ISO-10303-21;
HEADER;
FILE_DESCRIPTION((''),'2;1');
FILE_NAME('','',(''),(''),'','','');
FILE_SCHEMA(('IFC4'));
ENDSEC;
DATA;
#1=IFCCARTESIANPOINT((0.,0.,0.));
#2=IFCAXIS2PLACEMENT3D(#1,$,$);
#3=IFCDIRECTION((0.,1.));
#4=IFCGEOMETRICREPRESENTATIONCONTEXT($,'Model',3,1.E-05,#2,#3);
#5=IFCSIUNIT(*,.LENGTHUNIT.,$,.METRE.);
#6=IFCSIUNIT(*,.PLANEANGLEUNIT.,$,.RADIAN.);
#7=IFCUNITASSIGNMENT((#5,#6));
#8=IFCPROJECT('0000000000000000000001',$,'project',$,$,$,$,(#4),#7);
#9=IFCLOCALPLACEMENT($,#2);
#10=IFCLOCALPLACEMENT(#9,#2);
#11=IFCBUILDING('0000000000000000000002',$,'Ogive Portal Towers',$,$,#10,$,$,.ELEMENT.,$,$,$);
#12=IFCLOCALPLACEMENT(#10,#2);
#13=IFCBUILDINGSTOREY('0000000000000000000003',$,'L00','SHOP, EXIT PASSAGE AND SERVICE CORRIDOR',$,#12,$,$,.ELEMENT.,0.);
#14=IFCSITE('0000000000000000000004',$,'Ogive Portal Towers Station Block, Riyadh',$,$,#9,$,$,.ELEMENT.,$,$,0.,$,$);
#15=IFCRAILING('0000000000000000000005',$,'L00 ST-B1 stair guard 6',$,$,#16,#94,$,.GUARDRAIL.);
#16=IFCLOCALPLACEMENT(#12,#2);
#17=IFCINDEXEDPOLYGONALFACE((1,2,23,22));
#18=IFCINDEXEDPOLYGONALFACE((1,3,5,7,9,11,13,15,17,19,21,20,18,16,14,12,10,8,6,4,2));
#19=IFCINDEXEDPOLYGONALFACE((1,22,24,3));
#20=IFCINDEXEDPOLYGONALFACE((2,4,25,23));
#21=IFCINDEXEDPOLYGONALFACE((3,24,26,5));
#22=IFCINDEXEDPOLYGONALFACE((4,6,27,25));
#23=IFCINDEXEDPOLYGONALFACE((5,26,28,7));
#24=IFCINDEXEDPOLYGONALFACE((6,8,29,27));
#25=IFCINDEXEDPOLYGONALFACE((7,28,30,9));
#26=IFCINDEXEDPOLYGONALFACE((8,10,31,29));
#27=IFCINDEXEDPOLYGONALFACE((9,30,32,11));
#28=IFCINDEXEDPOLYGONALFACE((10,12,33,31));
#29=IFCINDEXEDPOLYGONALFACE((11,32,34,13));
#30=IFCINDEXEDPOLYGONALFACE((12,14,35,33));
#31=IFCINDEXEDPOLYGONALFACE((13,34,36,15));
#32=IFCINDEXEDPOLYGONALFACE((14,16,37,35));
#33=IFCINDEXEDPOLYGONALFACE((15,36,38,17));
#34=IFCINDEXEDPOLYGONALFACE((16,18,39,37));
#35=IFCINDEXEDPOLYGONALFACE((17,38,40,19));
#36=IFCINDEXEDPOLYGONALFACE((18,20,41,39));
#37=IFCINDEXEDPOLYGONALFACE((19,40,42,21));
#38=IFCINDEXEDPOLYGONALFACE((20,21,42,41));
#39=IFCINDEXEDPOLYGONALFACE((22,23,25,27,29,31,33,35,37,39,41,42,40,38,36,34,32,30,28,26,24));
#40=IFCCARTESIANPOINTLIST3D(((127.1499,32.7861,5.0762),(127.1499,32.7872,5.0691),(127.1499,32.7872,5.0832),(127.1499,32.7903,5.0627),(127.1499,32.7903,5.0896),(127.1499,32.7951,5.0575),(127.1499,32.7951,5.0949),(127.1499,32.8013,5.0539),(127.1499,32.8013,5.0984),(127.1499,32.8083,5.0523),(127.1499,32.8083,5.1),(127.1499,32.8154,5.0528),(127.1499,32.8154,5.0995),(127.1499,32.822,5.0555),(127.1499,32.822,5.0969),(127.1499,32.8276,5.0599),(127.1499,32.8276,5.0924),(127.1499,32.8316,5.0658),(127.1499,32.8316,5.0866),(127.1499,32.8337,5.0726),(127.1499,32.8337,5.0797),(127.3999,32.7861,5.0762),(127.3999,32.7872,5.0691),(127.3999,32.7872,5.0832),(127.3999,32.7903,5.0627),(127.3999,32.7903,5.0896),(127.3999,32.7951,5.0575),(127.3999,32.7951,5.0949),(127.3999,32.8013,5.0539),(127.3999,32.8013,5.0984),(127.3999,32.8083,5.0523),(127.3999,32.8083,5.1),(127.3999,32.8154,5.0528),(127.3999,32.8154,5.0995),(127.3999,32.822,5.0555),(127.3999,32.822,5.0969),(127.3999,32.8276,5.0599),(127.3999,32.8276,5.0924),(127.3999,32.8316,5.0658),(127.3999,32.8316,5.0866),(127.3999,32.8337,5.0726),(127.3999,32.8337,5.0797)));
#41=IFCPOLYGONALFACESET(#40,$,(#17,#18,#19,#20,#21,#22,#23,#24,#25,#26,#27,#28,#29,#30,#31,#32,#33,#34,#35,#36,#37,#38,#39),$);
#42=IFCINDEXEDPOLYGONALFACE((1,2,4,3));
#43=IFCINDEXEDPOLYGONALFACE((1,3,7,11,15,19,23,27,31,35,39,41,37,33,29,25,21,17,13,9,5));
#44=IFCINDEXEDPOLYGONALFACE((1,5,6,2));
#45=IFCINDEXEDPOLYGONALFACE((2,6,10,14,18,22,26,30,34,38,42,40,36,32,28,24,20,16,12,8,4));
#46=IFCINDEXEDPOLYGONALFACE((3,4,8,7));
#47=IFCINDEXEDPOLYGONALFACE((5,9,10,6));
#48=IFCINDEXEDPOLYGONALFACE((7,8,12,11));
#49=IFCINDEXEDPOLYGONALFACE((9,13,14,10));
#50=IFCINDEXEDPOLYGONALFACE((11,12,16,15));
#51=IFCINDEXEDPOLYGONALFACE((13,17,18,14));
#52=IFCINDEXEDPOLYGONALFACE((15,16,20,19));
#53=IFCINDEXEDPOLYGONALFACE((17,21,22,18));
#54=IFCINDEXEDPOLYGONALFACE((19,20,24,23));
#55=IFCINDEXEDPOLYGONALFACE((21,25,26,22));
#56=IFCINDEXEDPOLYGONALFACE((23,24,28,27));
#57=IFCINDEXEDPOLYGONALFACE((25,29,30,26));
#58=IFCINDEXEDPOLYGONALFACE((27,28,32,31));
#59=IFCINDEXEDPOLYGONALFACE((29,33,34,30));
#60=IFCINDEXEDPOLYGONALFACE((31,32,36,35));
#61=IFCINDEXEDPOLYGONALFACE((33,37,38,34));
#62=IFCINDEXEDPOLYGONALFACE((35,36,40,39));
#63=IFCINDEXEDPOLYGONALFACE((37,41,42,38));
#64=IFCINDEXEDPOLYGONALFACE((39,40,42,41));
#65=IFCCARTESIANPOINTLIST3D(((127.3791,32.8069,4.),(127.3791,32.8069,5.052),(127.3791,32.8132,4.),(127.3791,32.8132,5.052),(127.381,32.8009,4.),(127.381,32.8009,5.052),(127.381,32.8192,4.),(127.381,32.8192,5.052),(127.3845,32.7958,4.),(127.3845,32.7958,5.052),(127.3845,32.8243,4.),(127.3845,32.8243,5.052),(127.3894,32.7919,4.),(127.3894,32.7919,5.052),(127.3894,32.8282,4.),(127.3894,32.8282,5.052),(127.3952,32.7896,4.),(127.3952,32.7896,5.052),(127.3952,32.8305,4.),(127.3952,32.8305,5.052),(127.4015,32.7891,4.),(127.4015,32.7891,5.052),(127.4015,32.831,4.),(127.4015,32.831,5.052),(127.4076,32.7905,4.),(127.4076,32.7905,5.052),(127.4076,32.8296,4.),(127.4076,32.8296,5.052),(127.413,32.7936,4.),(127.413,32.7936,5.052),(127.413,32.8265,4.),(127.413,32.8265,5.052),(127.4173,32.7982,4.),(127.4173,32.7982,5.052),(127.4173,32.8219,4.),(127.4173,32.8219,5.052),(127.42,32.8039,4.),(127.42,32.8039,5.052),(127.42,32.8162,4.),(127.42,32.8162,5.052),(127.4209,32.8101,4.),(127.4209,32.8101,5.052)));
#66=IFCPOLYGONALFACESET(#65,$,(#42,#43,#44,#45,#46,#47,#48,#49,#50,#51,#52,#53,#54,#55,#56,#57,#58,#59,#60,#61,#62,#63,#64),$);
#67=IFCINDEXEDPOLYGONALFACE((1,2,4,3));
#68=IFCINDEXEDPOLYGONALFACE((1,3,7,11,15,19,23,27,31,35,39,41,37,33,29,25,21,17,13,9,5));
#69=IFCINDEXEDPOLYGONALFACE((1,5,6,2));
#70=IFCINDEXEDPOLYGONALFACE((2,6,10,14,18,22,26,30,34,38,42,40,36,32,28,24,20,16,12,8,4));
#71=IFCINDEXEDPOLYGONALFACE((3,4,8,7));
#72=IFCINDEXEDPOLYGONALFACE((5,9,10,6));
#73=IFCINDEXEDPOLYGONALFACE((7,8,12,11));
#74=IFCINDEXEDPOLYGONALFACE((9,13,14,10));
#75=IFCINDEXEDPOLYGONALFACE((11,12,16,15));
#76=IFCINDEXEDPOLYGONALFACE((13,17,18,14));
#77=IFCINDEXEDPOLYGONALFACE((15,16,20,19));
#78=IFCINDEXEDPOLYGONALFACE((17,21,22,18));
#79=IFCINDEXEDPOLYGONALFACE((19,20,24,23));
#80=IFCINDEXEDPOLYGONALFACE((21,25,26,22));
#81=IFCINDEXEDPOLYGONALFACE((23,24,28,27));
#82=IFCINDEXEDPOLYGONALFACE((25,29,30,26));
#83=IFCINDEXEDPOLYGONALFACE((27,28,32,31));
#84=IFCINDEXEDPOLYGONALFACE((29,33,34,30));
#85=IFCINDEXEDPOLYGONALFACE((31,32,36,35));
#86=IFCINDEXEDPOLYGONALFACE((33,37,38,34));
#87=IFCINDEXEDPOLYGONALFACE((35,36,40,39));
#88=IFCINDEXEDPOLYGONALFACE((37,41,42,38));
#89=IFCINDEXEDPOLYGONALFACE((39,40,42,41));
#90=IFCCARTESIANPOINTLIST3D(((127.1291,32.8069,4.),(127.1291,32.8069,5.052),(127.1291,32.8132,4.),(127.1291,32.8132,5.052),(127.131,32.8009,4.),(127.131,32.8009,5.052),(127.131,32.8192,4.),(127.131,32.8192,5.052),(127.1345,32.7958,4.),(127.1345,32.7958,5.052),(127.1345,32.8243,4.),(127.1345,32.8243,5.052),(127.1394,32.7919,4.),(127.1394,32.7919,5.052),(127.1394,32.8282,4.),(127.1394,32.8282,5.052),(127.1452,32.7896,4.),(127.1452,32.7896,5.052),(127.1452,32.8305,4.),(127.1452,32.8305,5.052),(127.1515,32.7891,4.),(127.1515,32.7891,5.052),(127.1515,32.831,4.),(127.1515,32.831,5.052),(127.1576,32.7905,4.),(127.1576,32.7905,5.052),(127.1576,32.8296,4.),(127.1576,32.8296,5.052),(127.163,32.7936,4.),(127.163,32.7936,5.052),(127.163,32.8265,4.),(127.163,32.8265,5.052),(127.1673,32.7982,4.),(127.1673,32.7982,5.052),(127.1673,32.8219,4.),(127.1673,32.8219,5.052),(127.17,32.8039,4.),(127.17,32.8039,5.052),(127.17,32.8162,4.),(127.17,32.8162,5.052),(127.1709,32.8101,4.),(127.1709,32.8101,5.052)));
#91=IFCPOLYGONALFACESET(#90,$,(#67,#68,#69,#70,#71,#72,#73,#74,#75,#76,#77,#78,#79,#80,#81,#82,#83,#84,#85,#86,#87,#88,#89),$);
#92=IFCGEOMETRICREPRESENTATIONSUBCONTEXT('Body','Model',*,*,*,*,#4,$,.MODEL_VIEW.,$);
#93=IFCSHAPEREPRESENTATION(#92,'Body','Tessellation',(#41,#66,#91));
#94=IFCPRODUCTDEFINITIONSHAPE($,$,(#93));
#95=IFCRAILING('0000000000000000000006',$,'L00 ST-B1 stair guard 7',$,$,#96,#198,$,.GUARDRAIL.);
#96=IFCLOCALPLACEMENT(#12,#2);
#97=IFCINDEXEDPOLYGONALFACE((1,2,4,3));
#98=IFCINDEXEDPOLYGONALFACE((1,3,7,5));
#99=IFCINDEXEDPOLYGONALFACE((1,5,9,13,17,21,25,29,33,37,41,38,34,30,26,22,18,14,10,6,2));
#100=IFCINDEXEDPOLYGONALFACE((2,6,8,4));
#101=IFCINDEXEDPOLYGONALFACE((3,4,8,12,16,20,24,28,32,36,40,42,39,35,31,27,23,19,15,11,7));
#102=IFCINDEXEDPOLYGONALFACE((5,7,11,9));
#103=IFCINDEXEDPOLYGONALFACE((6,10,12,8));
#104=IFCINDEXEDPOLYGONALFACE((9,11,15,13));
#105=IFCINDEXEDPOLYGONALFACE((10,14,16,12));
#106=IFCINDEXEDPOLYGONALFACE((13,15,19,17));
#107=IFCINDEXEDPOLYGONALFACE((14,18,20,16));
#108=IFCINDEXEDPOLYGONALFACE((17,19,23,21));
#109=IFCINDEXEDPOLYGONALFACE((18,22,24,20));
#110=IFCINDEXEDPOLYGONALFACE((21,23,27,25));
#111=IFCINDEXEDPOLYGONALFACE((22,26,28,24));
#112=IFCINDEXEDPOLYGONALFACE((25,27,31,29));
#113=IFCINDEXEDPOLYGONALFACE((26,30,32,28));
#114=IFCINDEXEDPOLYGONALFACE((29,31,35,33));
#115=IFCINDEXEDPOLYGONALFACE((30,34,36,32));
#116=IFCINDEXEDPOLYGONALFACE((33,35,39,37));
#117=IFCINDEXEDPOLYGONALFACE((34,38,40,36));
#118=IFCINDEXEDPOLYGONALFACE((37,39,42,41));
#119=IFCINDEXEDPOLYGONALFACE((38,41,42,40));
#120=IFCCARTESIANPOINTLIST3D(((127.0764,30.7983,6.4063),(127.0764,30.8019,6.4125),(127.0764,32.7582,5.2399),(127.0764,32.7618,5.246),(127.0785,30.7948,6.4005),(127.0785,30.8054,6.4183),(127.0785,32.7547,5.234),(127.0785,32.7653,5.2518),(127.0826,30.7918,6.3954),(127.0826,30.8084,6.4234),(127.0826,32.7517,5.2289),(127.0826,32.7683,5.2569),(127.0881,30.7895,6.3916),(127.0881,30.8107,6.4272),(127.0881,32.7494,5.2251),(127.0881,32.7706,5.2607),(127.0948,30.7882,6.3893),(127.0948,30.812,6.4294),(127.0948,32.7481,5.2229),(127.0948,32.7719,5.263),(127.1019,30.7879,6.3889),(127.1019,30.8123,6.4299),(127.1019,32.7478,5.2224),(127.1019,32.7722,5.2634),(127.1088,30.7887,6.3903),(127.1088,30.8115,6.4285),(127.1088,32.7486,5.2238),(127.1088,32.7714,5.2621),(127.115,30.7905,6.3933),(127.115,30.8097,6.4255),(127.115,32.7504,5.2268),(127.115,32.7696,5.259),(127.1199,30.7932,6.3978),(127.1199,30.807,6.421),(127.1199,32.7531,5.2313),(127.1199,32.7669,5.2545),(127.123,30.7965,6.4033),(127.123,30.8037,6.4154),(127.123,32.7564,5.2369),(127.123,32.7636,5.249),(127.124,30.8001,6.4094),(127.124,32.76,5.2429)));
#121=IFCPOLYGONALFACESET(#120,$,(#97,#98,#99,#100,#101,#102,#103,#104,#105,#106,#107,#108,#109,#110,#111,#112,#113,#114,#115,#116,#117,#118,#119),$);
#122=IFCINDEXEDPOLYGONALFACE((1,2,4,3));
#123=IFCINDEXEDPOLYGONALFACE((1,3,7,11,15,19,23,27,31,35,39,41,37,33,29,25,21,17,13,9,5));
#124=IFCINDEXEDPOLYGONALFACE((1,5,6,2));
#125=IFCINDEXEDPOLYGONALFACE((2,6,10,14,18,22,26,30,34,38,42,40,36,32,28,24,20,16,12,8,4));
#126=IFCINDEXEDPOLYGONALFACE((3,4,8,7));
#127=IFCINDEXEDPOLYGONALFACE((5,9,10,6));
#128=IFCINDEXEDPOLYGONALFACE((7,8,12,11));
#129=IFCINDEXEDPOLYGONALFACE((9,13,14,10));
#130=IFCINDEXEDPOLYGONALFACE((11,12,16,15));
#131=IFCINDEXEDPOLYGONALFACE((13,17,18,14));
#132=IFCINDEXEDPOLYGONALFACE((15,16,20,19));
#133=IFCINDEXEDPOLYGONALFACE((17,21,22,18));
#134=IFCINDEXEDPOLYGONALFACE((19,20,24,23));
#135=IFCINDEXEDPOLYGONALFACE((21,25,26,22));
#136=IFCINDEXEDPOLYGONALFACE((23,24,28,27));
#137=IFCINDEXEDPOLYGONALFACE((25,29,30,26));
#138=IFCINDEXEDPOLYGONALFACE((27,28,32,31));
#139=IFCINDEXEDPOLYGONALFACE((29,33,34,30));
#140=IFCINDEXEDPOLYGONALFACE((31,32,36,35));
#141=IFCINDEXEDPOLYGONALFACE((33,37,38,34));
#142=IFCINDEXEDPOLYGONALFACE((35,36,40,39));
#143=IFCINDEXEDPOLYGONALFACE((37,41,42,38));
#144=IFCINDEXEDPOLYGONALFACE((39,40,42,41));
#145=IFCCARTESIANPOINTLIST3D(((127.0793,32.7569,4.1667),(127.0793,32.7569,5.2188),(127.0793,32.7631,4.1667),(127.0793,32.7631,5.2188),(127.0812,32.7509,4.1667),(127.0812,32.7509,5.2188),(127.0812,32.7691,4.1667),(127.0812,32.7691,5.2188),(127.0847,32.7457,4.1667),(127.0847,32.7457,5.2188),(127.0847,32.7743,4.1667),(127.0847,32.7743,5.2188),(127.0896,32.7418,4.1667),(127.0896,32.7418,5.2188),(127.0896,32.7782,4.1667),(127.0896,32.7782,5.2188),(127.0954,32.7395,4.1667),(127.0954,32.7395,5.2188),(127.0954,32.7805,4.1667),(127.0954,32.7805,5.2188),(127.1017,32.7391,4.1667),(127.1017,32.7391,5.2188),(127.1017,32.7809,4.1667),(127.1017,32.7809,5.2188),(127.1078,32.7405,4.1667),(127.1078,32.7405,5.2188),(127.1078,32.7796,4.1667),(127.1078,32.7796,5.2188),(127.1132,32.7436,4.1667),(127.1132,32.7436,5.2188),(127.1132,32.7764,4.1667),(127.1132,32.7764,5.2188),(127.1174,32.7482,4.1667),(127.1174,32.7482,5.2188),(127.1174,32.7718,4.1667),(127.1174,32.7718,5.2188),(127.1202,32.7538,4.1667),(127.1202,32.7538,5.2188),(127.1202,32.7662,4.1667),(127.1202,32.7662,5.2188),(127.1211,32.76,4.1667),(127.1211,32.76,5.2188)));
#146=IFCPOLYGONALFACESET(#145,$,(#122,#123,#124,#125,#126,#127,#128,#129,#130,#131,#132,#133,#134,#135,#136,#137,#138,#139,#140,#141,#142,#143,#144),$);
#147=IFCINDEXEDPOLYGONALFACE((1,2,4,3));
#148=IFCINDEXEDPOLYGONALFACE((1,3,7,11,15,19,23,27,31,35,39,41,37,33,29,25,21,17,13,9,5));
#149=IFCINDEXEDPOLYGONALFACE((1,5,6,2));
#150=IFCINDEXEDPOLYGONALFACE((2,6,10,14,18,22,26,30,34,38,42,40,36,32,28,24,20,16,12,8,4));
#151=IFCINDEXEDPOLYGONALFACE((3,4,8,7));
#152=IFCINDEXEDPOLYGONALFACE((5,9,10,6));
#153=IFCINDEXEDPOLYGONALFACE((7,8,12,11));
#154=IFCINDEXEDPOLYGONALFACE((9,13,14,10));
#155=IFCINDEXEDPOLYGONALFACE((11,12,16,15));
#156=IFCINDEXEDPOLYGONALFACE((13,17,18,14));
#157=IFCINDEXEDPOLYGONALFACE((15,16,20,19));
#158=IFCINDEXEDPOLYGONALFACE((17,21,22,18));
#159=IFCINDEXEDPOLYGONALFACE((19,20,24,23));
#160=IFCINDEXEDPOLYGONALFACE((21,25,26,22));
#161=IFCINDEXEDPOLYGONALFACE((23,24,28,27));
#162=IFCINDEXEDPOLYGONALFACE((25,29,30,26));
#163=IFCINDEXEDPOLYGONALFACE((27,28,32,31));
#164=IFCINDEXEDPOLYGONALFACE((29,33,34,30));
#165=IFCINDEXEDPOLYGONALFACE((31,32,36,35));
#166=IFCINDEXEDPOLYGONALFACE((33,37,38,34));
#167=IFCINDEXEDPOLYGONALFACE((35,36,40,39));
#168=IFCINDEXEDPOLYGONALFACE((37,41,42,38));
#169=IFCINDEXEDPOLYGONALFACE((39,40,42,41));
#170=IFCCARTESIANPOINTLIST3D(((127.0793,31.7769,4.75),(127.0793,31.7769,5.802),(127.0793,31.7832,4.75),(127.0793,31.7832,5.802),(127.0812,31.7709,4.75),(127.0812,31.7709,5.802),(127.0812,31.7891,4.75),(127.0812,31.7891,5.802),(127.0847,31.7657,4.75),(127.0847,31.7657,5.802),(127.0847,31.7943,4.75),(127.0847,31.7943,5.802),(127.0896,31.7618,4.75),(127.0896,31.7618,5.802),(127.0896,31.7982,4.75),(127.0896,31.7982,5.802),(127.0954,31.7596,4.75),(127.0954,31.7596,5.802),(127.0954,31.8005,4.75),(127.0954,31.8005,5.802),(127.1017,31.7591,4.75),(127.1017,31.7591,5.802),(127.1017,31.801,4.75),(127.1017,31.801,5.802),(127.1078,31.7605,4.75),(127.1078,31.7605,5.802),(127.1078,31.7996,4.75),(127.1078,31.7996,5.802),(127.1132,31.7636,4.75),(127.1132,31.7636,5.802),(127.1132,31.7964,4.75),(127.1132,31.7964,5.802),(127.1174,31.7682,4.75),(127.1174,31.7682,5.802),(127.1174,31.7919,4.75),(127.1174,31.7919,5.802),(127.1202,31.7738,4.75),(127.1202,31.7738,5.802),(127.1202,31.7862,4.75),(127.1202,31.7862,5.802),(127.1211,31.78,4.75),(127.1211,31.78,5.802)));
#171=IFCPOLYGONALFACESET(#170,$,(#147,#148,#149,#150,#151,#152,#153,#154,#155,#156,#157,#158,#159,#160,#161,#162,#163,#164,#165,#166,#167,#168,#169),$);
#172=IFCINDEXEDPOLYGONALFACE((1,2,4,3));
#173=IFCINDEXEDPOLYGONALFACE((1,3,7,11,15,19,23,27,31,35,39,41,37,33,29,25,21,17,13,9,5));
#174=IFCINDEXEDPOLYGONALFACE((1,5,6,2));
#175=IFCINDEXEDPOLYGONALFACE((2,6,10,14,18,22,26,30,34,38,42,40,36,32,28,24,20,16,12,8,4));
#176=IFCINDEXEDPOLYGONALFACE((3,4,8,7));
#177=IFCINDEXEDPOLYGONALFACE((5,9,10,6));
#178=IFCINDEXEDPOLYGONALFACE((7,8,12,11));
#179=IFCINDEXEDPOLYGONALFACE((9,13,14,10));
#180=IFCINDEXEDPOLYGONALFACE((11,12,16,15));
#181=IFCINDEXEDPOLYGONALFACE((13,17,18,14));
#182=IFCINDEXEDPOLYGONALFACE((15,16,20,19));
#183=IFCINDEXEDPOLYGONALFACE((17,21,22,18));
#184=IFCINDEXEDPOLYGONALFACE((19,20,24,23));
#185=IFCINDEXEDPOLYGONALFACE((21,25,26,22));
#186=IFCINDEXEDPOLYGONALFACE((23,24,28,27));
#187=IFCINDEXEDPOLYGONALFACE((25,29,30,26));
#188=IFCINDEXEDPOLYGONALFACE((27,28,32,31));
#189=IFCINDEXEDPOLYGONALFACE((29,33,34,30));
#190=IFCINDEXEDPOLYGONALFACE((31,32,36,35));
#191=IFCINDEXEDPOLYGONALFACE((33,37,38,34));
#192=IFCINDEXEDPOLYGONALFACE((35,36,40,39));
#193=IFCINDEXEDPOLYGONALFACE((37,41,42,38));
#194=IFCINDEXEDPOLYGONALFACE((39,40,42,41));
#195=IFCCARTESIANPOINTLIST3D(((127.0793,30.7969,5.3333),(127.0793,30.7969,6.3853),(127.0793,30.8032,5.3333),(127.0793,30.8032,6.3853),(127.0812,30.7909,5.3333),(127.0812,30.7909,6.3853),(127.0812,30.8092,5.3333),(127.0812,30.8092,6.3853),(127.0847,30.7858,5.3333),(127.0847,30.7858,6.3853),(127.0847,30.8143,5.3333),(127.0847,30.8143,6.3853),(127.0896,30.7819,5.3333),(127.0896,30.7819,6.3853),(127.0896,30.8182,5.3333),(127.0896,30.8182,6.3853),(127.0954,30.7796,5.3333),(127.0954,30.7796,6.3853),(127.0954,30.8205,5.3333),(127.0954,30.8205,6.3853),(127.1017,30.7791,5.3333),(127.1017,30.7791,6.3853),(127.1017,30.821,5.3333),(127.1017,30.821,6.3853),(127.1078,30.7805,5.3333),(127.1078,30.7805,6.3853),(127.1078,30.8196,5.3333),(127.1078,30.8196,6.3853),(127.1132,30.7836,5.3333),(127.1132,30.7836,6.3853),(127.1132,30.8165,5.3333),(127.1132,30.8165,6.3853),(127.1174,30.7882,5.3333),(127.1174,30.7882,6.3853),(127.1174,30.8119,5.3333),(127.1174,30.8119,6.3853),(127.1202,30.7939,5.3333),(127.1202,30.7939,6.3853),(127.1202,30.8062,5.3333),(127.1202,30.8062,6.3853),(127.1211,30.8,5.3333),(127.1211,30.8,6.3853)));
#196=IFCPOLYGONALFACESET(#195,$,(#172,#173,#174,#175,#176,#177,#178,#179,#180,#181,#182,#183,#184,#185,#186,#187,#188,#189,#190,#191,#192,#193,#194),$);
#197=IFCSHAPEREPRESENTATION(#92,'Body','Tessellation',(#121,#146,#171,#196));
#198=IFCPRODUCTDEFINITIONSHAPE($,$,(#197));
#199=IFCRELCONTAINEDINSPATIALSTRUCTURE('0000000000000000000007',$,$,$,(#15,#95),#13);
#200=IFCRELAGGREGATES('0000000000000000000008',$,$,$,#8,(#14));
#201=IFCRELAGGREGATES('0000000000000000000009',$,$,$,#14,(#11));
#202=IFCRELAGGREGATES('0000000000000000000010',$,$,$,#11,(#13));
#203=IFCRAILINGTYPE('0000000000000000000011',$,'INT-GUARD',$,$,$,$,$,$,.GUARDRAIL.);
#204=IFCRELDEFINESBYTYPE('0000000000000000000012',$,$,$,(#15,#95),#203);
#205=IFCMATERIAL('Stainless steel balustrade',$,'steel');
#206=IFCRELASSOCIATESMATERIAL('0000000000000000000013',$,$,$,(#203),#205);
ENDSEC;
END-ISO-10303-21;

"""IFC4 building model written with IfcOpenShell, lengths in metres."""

from ifc_helpers import new_model, si_unit, direction, frame, origin, origin_2d, place, context, subcontext, project, spatial, circle, extrude, material, type_object, element, save


model = new_model("IFC4")

# Units and contexts
model_context = context("Model", 3, precision=1e-05, world=origin(), true_north=direction((0.0, 1.0)))
body_context = subcontext(model_context, "Body", "Model", "MODEL_VIEW")
ifc_project = project(units=[si_unit("LENGTHUNIT", "METRE"), si_unit("PLANEANGLEUNIT", "RADIAN")], contexts=[model_context])

# Site, building, storey
site_placement = place(None, origin())
site = spatial("IfcSite", under=ifc_project, at=site_placement, Name="Ogive Portal Towers Station Block, Riyadh", CompositionType="ELEMENT", RefElevation=0.0)
building_placement = place(site_placement, origin())
building = spatial("IfcBuilding", under=site, at=building_placement, Name="Ogive Portal Towers", CompositionType="ELEMENT")
storey_placement = place(building_placement, origin())
storey = spatial("IfcBuildingStorey", under=building, at=storey_placement, Name="L00", Description="SHOP, EXIT PASSAGE AND SERVICE CORRIDOR", CompositionType="ELEMENT", Elevation=0.0)

# Railings
ifc_material_1 = material(Name="Stainless steel balustrade", Category="steel")
railing_type_1 = type_object("IfcRailingType", Name="INT-GUARD", PredefinedType="GUARDRAIL", material=ifc_material_1)
railing_1_placement = place(storey_placement, frame((127.3999, 32.8101, 4.0)))
element("IfcRailing", 1, at=railing_1_placement, inside=storey, type_object=railing_type_1, Name="L00 ST-B1 stair guard 6", PredefinedType="GUARDRAIL", context=body_context, shape_type="SweptSolid", body=[
    extrude(circle(Radius=0.0239, at=origin_2d()), frame((0.0, 0.0, 1.0762), z_axis=(-1.0, 0.0, 0.0), x_axis=(0.0, -1.0, 0.0)), (0.0, 0.0, 1.0), 0.25),
    extrude(circle(Radius=0.021, at=origin_2d()), origin(), (0.0, 0.0, 1.0), 1.052),
    extrude(circle(Radius=0.021, at=origin_2d()), frame((-0.25, 0.0, 0.0)), (0.0, 0.0, 1.0), 1.052),
])
railing_2_placement = place(storey_placement, frame((127.1001, 32.76, 4.1667)))
element("IfcRailing", 2, at=railing_2_placement, inside=storey, type_object=railing_type_1, Name="L00 ST-B1 stair guard 7", PredefinedType="GUARDRAIL", context=body_context, shape_type="SweptSolid", body=[
    extrude(circle(Radius=0.0239, at=origin_2d()), frame((0.0, 0.0, 1.0762), z_axis=(0.0, -0.85932, 0.511439), x_axis=(1.0, 0.0, 0.0)), (0.0, 0.0, 1.0), 2.2808),
    extrude(circle(Radius=0.021, at=origin_2d()), origin(), (0.0, 0.0, 1.0), 1.052),
    extrude(circle(Radius=0.021, at=origin_2d()), frame((0.0, -0.98, 0.5833)), (0.0, 0.0, 1.0), 1.052),
    extrude(circle(Radius=0.021, at=origin_2d()), frame((0.0, -1.96, 1.1665)), (0.0, 0.0, 1.0), 1.052),
])

save(model, "model.ifc")
